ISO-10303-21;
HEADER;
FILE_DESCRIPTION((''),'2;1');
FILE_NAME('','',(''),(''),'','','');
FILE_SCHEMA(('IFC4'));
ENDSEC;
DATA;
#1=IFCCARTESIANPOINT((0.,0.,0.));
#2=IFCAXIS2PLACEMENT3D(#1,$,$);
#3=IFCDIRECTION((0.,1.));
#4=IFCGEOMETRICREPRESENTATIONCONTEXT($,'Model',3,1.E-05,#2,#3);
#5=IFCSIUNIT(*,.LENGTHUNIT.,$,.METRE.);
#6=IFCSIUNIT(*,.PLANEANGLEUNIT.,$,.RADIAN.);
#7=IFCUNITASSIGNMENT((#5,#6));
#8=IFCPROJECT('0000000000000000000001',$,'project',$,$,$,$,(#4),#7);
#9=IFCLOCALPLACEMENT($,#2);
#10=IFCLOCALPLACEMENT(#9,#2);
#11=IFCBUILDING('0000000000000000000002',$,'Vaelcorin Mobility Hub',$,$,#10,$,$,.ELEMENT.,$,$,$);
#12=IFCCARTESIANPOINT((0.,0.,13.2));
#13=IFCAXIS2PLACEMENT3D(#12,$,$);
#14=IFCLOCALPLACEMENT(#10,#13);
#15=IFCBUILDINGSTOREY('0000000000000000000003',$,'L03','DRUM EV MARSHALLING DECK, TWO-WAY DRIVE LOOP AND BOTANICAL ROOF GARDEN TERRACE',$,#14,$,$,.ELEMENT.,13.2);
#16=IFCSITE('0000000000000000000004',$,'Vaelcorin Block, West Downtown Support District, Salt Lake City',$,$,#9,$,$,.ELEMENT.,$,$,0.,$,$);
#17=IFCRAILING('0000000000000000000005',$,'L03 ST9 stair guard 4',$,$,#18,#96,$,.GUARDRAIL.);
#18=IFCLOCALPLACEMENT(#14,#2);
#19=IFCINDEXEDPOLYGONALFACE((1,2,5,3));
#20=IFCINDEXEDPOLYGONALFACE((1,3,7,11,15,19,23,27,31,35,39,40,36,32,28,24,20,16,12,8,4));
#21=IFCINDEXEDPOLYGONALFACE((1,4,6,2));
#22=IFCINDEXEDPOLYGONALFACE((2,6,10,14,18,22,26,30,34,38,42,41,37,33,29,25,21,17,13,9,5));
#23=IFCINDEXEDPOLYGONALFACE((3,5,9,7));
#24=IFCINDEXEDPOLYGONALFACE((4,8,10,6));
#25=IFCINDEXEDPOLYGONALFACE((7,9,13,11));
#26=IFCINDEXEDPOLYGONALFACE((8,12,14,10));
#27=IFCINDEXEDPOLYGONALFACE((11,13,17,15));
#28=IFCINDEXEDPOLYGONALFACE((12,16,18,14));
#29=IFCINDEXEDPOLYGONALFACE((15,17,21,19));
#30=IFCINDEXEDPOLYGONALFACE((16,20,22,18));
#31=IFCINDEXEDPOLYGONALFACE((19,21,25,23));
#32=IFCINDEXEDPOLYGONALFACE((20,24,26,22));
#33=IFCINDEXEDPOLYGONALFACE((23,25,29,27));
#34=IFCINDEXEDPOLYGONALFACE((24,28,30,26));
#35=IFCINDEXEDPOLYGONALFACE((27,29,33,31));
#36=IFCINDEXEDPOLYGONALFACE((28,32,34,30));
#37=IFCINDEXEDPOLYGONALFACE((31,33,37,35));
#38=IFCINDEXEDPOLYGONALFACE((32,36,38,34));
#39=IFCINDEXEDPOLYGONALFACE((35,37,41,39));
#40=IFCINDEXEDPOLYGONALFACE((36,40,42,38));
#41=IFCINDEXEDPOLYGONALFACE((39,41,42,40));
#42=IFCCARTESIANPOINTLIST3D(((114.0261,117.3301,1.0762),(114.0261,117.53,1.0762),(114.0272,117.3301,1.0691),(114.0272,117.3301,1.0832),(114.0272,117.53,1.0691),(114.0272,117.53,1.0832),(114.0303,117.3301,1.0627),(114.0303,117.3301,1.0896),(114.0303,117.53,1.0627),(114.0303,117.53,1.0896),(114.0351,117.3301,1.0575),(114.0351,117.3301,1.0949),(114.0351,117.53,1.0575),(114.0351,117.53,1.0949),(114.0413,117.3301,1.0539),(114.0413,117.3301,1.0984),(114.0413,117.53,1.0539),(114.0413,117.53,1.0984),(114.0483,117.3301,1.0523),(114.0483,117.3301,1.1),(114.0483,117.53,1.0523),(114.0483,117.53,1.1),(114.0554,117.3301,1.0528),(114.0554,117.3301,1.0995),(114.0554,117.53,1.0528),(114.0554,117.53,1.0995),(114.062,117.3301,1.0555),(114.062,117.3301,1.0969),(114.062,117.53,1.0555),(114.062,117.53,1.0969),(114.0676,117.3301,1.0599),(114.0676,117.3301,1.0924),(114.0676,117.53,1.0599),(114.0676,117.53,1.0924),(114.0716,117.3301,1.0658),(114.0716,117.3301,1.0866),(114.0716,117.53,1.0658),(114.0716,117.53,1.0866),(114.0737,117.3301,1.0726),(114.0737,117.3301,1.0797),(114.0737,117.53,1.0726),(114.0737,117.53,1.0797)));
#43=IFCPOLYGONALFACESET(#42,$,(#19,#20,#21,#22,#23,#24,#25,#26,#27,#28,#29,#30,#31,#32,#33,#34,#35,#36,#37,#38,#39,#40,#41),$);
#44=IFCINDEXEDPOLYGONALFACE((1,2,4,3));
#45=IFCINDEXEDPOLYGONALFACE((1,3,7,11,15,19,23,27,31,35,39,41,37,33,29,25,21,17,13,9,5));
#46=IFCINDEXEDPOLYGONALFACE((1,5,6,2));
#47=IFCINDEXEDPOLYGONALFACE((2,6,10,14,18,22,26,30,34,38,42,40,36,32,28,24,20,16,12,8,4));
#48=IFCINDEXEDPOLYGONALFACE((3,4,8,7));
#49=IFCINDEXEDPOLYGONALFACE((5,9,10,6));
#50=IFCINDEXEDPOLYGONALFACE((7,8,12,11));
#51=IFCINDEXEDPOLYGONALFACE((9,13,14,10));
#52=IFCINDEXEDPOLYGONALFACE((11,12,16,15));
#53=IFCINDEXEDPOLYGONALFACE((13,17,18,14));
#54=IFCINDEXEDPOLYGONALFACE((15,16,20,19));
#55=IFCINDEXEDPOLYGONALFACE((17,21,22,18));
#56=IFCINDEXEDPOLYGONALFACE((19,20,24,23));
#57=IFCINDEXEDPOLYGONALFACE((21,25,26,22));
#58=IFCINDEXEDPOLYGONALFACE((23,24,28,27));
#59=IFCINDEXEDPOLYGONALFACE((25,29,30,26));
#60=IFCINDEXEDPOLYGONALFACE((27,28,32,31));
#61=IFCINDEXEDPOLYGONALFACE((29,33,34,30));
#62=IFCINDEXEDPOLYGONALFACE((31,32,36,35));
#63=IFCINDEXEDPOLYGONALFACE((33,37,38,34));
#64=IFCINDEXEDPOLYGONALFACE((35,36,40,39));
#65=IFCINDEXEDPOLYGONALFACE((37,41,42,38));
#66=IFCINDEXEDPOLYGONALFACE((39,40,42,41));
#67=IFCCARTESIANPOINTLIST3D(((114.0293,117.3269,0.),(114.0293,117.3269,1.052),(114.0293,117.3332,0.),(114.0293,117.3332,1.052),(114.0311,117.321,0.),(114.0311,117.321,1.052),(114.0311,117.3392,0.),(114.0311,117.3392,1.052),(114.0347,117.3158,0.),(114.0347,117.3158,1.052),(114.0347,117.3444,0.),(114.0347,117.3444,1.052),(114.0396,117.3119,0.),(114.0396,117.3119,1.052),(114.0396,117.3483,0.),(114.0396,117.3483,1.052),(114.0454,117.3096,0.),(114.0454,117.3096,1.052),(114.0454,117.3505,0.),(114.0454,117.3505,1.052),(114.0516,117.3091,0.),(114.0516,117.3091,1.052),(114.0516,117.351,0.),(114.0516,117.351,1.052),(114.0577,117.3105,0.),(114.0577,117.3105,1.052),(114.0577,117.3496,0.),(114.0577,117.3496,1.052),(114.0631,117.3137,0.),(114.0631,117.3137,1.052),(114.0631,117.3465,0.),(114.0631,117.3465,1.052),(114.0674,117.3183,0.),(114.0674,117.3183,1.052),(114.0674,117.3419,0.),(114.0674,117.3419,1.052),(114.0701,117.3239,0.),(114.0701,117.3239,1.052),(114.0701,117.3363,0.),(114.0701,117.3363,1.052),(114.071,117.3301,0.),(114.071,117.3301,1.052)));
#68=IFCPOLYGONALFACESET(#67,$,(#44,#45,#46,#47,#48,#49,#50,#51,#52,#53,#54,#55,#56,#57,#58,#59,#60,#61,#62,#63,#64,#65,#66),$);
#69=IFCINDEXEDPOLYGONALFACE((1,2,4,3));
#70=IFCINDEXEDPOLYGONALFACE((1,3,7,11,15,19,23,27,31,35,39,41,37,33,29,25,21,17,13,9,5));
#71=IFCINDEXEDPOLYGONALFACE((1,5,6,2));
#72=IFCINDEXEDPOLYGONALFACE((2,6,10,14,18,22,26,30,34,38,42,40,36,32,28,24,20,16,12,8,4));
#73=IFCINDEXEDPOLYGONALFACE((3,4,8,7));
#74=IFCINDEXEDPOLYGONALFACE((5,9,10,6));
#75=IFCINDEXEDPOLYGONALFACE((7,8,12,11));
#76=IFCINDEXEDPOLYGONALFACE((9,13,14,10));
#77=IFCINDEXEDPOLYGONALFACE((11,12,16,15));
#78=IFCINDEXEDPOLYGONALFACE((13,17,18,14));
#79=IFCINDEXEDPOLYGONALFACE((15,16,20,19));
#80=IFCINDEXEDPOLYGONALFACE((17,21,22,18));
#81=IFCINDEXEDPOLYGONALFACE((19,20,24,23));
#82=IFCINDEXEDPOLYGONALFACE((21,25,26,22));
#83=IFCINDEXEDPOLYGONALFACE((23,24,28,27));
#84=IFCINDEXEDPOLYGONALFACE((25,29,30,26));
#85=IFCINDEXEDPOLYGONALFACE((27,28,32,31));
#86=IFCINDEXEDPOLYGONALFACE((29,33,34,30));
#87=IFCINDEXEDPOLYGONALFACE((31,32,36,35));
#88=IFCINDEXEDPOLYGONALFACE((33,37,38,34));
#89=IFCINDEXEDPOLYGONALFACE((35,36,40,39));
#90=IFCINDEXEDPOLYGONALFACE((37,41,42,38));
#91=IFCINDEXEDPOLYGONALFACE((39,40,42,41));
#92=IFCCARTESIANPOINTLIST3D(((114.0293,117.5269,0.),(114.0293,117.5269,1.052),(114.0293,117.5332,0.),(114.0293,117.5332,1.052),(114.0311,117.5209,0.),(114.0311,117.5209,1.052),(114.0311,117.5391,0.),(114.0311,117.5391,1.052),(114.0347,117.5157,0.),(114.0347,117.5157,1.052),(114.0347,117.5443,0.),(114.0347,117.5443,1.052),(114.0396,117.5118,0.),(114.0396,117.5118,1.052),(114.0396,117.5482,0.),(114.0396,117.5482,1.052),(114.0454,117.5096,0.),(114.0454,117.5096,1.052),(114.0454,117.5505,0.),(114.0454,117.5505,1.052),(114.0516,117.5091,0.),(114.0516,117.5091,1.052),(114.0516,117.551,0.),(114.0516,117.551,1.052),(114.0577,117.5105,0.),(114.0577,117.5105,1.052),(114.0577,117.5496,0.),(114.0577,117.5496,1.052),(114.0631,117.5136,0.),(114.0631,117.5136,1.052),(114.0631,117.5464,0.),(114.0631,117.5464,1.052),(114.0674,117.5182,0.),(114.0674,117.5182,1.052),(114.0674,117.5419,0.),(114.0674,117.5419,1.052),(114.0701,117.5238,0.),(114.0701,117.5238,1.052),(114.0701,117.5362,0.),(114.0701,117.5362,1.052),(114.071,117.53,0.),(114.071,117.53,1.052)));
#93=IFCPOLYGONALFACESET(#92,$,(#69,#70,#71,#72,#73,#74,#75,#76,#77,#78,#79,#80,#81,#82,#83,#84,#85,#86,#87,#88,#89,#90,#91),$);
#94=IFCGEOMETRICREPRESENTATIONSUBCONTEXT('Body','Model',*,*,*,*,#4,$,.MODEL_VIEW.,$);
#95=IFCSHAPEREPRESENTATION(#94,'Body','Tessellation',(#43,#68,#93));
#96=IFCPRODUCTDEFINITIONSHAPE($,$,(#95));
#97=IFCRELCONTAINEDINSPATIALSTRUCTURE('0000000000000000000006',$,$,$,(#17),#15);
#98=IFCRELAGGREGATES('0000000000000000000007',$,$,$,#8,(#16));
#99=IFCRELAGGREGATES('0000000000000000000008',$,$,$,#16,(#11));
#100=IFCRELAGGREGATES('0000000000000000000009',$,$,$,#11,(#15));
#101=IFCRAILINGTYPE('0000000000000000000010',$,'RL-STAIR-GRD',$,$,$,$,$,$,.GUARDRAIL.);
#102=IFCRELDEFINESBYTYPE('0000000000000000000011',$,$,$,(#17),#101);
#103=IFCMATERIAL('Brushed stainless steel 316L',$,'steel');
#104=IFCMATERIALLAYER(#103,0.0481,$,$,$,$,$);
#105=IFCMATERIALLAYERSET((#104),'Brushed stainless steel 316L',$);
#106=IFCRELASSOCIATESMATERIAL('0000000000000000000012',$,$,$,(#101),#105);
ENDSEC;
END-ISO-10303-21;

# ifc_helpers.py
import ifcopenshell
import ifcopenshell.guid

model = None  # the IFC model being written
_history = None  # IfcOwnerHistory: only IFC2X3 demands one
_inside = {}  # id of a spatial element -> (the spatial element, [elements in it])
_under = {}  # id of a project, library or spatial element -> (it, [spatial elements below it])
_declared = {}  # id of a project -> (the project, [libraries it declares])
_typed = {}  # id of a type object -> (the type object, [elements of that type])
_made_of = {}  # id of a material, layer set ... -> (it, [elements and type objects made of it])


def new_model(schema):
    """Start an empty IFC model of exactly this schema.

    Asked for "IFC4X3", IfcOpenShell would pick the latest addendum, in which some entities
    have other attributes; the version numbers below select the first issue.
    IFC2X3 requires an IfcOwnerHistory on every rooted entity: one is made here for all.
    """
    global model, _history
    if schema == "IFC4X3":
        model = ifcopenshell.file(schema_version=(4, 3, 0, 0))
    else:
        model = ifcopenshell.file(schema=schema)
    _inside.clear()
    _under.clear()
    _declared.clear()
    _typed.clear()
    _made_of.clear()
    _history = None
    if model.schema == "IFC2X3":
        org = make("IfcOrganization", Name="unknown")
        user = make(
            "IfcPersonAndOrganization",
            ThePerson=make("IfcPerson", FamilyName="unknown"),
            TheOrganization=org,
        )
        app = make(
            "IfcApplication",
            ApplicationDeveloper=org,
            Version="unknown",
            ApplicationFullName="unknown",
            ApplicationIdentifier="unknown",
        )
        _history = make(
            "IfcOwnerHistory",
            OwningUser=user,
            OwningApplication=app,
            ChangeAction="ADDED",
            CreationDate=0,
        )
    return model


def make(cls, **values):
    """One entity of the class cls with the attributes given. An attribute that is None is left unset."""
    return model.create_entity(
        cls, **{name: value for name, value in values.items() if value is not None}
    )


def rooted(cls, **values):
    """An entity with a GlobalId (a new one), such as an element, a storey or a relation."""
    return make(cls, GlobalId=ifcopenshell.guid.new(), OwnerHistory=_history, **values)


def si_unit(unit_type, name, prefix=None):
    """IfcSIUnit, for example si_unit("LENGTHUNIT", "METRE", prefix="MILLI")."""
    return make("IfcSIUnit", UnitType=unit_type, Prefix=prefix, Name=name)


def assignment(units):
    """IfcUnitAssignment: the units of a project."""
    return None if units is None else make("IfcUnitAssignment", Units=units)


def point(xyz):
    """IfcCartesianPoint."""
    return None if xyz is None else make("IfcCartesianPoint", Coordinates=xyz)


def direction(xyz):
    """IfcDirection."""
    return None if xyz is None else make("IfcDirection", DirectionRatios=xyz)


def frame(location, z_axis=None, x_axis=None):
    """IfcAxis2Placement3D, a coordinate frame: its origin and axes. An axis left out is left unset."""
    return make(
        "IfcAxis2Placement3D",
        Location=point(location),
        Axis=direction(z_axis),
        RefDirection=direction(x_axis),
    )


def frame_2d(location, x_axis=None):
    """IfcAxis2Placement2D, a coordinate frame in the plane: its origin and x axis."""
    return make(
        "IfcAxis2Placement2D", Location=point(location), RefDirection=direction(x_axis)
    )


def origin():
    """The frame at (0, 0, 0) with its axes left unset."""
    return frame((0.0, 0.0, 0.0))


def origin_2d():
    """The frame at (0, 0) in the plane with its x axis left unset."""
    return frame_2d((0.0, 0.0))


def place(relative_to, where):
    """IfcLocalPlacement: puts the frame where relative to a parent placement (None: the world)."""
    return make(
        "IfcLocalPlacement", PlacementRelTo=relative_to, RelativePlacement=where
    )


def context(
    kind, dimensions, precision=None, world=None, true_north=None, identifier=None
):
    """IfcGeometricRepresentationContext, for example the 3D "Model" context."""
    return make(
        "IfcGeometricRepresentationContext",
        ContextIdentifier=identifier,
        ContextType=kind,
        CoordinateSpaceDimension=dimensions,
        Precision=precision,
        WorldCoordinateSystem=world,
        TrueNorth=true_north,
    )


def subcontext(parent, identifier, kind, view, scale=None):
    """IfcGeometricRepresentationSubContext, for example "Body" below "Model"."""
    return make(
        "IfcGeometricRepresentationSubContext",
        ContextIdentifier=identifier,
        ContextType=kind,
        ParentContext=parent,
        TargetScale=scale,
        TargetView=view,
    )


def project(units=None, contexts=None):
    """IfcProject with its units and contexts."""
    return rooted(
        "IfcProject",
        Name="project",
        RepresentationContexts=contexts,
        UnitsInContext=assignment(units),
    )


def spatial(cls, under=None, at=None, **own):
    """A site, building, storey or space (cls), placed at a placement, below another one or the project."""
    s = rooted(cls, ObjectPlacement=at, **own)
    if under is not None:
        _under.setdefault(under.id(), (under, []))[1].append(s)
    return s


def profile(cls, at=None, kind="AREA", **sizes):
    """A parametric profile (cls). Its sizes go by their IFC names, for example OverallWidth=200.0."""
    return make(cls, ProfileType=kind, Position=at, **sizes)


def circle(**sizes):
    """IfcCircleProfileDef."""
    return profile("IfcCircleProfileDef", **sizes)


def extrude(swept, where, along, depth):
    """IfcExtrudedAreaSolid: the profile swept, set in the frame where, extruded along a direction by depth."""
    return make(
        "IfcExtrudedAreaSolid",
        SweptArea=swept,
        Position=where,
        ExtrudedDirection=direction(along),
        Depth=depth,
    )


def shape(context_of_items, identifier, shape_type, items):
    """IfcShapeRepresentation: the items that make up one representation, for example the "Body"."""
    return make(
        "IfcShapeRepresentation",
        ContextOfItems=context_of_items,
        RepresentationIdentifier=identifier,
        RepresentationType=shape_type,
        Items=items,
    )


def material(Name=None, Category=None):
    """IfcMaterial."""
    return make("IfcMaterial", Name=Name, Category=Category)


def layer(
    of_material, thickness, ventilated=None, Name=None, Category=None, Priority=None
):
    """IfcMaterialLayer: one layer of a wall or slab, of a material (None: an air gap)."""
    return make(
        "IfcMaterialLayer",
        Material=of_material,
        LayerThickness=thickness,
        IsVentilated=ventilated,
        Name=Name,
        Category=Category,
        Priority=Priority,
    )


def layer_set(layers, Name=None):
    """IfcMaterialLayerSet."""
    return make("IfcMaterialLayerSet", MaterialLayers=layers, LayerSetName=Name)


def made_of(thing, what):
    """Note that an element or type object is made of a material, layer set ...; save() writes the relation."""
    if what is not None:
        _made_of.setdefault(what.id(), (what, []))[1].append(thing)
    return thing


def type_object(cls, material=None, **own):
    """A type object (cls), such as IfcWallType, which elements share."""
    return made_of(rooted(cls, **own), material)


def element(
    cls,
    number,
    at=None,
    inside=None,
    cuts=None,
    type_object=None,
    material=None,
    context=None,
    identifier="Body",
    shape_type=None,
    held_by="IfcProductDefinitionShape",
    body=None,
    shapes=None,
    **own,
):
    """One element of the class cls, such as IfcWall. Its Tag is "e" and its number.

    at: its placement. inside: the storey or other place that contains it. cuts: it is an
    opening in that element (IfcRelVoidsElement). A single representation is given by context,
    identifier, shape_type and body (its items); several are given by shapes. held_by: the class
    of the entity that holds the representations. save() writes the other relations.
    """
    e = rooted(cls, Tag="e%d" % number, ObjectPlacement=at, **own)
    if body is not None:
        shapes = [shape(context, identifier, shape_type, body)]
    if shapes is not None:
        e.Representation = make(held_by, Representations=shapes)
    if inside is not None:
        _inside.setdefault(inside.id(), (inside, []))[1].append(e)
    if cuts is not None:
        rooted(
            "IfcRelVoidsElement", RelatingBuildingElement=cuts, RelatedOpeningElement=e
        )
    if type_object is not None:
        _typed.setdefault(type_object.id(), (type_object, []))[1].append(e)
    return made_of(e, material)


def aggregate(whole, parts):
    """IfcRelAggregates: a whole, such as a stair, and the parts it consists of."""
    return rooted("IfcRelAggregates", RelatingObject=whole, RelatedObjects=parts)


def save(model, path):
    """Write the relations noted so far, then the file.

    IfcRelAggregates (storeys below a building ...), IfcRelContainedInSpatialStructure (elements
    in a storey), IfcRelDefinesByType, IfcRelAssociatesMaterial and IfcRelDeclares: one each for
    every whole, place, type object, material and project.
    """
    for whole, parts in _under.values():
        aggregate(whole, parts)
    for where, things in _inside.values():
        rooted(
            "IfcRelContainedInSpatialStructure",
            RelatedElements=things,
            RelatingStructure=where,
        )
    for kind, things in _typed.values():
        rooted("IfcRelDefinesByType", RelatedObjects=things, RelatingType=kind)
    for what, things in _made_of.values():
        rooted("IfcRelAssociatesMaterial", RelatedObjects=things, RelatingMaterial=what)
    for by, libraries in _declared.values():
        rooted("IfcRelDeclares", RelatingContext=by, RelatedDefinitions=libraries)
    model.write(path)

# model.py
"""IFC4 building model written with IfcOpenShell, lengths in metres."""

from ifc_helpers import new_model, si_unit, direction, frame, origin, origin_2d, place, context, subcontext, project, spatial, circle, extrude, material, layer, layer_set, type_object, element, save


model = new_model("IFC4")

# Units and contexts
model_context = context("Model", 3, precision=1e-05, world=origin(), true_north=direction((0.0, 1.0)))
body_context = subcontext(model_context, "Body", "Model", "MODEL_VIEW")
ifc_project = project(units=[si_unit("LENGTHUNIT", "METRE"), si_unit("PLANEANGLEUNIT", "RADIAN")], contexts=[model_context])

# Site, building, storey
site_placement = place(None, origin())
site = spatial("IfcSite", under=ifc_project, at=site_placement, Name="Vaelcorin Block, West Downtown Support District, Salt Lake City", CompositionType="ELEMENT", RefElevation=0.0)
building_placement = place(site_placement, origin())
building = spatial("IfcBuilding", under=site, at=building_placement, Name="Vaelcorin Mobility Hub", CompositionType="ELEMENT")
storey_placement = place(building_placement, frame((0.0, 0.0, 13.2)))
storey = spatial("IfcBuildingStorey", under=building, at=storey_placement, Name="L03", Description="DRUM EV MARSHALLING DECK, TWO-WAY DRIVE LOOP AND BOTANICAL ROOF GARDEN TERRACE", CompositionType="ELEMENT", Elevation=13.2)

# Railing
ifc_material_1 = material(Name="Brushed stainless steel 316L", Category="steel")
ifc_layer_1 = layer(ifc_material_1, 0.0481)
ifc_layer_set_1 = layer_set([ifc_layer_1], Name="Brushed stainless steel 316L")
railing_type_1 = type_object("IfcRailingType", Name="RL-STAIR-GRD", PredefinedType="GUARDRAIL", material=ifc_layer_set_1)
railing_1_placement = place(storey_placement, frame((114.05, 117.3301, 0.0)))
element("IfcRailing", 1, at=railing_1_placement, inside=storey, type_object=railing_type_1, Name="L03 ST9 stair guard 4", PredefinedType="GUARDRAIL", context=body_context, shape_type="SweptSolid", body=[
    extrude(circle(Radius=0.0239, at=origin_2d()), frame((0.0, 0.0, 1.0762), z_axis=(0.0, 1.0, 0.0), x_axis=(-1.0, 0.0, 0.0)), (0.0, 0.0, 1.0), 0.2),
    extrude(circle(Radius=0.021, at=origin_2d()), origin(), (0.0, 0.0, 1.0), 1.052),
    extrude(circle(Radius=0.021, at=origin_2d()), frame((0.0, 0.2, 0.0)), (0.0, 0.0, 1.0), 1.052),
])

save(model, "model.ifc")
